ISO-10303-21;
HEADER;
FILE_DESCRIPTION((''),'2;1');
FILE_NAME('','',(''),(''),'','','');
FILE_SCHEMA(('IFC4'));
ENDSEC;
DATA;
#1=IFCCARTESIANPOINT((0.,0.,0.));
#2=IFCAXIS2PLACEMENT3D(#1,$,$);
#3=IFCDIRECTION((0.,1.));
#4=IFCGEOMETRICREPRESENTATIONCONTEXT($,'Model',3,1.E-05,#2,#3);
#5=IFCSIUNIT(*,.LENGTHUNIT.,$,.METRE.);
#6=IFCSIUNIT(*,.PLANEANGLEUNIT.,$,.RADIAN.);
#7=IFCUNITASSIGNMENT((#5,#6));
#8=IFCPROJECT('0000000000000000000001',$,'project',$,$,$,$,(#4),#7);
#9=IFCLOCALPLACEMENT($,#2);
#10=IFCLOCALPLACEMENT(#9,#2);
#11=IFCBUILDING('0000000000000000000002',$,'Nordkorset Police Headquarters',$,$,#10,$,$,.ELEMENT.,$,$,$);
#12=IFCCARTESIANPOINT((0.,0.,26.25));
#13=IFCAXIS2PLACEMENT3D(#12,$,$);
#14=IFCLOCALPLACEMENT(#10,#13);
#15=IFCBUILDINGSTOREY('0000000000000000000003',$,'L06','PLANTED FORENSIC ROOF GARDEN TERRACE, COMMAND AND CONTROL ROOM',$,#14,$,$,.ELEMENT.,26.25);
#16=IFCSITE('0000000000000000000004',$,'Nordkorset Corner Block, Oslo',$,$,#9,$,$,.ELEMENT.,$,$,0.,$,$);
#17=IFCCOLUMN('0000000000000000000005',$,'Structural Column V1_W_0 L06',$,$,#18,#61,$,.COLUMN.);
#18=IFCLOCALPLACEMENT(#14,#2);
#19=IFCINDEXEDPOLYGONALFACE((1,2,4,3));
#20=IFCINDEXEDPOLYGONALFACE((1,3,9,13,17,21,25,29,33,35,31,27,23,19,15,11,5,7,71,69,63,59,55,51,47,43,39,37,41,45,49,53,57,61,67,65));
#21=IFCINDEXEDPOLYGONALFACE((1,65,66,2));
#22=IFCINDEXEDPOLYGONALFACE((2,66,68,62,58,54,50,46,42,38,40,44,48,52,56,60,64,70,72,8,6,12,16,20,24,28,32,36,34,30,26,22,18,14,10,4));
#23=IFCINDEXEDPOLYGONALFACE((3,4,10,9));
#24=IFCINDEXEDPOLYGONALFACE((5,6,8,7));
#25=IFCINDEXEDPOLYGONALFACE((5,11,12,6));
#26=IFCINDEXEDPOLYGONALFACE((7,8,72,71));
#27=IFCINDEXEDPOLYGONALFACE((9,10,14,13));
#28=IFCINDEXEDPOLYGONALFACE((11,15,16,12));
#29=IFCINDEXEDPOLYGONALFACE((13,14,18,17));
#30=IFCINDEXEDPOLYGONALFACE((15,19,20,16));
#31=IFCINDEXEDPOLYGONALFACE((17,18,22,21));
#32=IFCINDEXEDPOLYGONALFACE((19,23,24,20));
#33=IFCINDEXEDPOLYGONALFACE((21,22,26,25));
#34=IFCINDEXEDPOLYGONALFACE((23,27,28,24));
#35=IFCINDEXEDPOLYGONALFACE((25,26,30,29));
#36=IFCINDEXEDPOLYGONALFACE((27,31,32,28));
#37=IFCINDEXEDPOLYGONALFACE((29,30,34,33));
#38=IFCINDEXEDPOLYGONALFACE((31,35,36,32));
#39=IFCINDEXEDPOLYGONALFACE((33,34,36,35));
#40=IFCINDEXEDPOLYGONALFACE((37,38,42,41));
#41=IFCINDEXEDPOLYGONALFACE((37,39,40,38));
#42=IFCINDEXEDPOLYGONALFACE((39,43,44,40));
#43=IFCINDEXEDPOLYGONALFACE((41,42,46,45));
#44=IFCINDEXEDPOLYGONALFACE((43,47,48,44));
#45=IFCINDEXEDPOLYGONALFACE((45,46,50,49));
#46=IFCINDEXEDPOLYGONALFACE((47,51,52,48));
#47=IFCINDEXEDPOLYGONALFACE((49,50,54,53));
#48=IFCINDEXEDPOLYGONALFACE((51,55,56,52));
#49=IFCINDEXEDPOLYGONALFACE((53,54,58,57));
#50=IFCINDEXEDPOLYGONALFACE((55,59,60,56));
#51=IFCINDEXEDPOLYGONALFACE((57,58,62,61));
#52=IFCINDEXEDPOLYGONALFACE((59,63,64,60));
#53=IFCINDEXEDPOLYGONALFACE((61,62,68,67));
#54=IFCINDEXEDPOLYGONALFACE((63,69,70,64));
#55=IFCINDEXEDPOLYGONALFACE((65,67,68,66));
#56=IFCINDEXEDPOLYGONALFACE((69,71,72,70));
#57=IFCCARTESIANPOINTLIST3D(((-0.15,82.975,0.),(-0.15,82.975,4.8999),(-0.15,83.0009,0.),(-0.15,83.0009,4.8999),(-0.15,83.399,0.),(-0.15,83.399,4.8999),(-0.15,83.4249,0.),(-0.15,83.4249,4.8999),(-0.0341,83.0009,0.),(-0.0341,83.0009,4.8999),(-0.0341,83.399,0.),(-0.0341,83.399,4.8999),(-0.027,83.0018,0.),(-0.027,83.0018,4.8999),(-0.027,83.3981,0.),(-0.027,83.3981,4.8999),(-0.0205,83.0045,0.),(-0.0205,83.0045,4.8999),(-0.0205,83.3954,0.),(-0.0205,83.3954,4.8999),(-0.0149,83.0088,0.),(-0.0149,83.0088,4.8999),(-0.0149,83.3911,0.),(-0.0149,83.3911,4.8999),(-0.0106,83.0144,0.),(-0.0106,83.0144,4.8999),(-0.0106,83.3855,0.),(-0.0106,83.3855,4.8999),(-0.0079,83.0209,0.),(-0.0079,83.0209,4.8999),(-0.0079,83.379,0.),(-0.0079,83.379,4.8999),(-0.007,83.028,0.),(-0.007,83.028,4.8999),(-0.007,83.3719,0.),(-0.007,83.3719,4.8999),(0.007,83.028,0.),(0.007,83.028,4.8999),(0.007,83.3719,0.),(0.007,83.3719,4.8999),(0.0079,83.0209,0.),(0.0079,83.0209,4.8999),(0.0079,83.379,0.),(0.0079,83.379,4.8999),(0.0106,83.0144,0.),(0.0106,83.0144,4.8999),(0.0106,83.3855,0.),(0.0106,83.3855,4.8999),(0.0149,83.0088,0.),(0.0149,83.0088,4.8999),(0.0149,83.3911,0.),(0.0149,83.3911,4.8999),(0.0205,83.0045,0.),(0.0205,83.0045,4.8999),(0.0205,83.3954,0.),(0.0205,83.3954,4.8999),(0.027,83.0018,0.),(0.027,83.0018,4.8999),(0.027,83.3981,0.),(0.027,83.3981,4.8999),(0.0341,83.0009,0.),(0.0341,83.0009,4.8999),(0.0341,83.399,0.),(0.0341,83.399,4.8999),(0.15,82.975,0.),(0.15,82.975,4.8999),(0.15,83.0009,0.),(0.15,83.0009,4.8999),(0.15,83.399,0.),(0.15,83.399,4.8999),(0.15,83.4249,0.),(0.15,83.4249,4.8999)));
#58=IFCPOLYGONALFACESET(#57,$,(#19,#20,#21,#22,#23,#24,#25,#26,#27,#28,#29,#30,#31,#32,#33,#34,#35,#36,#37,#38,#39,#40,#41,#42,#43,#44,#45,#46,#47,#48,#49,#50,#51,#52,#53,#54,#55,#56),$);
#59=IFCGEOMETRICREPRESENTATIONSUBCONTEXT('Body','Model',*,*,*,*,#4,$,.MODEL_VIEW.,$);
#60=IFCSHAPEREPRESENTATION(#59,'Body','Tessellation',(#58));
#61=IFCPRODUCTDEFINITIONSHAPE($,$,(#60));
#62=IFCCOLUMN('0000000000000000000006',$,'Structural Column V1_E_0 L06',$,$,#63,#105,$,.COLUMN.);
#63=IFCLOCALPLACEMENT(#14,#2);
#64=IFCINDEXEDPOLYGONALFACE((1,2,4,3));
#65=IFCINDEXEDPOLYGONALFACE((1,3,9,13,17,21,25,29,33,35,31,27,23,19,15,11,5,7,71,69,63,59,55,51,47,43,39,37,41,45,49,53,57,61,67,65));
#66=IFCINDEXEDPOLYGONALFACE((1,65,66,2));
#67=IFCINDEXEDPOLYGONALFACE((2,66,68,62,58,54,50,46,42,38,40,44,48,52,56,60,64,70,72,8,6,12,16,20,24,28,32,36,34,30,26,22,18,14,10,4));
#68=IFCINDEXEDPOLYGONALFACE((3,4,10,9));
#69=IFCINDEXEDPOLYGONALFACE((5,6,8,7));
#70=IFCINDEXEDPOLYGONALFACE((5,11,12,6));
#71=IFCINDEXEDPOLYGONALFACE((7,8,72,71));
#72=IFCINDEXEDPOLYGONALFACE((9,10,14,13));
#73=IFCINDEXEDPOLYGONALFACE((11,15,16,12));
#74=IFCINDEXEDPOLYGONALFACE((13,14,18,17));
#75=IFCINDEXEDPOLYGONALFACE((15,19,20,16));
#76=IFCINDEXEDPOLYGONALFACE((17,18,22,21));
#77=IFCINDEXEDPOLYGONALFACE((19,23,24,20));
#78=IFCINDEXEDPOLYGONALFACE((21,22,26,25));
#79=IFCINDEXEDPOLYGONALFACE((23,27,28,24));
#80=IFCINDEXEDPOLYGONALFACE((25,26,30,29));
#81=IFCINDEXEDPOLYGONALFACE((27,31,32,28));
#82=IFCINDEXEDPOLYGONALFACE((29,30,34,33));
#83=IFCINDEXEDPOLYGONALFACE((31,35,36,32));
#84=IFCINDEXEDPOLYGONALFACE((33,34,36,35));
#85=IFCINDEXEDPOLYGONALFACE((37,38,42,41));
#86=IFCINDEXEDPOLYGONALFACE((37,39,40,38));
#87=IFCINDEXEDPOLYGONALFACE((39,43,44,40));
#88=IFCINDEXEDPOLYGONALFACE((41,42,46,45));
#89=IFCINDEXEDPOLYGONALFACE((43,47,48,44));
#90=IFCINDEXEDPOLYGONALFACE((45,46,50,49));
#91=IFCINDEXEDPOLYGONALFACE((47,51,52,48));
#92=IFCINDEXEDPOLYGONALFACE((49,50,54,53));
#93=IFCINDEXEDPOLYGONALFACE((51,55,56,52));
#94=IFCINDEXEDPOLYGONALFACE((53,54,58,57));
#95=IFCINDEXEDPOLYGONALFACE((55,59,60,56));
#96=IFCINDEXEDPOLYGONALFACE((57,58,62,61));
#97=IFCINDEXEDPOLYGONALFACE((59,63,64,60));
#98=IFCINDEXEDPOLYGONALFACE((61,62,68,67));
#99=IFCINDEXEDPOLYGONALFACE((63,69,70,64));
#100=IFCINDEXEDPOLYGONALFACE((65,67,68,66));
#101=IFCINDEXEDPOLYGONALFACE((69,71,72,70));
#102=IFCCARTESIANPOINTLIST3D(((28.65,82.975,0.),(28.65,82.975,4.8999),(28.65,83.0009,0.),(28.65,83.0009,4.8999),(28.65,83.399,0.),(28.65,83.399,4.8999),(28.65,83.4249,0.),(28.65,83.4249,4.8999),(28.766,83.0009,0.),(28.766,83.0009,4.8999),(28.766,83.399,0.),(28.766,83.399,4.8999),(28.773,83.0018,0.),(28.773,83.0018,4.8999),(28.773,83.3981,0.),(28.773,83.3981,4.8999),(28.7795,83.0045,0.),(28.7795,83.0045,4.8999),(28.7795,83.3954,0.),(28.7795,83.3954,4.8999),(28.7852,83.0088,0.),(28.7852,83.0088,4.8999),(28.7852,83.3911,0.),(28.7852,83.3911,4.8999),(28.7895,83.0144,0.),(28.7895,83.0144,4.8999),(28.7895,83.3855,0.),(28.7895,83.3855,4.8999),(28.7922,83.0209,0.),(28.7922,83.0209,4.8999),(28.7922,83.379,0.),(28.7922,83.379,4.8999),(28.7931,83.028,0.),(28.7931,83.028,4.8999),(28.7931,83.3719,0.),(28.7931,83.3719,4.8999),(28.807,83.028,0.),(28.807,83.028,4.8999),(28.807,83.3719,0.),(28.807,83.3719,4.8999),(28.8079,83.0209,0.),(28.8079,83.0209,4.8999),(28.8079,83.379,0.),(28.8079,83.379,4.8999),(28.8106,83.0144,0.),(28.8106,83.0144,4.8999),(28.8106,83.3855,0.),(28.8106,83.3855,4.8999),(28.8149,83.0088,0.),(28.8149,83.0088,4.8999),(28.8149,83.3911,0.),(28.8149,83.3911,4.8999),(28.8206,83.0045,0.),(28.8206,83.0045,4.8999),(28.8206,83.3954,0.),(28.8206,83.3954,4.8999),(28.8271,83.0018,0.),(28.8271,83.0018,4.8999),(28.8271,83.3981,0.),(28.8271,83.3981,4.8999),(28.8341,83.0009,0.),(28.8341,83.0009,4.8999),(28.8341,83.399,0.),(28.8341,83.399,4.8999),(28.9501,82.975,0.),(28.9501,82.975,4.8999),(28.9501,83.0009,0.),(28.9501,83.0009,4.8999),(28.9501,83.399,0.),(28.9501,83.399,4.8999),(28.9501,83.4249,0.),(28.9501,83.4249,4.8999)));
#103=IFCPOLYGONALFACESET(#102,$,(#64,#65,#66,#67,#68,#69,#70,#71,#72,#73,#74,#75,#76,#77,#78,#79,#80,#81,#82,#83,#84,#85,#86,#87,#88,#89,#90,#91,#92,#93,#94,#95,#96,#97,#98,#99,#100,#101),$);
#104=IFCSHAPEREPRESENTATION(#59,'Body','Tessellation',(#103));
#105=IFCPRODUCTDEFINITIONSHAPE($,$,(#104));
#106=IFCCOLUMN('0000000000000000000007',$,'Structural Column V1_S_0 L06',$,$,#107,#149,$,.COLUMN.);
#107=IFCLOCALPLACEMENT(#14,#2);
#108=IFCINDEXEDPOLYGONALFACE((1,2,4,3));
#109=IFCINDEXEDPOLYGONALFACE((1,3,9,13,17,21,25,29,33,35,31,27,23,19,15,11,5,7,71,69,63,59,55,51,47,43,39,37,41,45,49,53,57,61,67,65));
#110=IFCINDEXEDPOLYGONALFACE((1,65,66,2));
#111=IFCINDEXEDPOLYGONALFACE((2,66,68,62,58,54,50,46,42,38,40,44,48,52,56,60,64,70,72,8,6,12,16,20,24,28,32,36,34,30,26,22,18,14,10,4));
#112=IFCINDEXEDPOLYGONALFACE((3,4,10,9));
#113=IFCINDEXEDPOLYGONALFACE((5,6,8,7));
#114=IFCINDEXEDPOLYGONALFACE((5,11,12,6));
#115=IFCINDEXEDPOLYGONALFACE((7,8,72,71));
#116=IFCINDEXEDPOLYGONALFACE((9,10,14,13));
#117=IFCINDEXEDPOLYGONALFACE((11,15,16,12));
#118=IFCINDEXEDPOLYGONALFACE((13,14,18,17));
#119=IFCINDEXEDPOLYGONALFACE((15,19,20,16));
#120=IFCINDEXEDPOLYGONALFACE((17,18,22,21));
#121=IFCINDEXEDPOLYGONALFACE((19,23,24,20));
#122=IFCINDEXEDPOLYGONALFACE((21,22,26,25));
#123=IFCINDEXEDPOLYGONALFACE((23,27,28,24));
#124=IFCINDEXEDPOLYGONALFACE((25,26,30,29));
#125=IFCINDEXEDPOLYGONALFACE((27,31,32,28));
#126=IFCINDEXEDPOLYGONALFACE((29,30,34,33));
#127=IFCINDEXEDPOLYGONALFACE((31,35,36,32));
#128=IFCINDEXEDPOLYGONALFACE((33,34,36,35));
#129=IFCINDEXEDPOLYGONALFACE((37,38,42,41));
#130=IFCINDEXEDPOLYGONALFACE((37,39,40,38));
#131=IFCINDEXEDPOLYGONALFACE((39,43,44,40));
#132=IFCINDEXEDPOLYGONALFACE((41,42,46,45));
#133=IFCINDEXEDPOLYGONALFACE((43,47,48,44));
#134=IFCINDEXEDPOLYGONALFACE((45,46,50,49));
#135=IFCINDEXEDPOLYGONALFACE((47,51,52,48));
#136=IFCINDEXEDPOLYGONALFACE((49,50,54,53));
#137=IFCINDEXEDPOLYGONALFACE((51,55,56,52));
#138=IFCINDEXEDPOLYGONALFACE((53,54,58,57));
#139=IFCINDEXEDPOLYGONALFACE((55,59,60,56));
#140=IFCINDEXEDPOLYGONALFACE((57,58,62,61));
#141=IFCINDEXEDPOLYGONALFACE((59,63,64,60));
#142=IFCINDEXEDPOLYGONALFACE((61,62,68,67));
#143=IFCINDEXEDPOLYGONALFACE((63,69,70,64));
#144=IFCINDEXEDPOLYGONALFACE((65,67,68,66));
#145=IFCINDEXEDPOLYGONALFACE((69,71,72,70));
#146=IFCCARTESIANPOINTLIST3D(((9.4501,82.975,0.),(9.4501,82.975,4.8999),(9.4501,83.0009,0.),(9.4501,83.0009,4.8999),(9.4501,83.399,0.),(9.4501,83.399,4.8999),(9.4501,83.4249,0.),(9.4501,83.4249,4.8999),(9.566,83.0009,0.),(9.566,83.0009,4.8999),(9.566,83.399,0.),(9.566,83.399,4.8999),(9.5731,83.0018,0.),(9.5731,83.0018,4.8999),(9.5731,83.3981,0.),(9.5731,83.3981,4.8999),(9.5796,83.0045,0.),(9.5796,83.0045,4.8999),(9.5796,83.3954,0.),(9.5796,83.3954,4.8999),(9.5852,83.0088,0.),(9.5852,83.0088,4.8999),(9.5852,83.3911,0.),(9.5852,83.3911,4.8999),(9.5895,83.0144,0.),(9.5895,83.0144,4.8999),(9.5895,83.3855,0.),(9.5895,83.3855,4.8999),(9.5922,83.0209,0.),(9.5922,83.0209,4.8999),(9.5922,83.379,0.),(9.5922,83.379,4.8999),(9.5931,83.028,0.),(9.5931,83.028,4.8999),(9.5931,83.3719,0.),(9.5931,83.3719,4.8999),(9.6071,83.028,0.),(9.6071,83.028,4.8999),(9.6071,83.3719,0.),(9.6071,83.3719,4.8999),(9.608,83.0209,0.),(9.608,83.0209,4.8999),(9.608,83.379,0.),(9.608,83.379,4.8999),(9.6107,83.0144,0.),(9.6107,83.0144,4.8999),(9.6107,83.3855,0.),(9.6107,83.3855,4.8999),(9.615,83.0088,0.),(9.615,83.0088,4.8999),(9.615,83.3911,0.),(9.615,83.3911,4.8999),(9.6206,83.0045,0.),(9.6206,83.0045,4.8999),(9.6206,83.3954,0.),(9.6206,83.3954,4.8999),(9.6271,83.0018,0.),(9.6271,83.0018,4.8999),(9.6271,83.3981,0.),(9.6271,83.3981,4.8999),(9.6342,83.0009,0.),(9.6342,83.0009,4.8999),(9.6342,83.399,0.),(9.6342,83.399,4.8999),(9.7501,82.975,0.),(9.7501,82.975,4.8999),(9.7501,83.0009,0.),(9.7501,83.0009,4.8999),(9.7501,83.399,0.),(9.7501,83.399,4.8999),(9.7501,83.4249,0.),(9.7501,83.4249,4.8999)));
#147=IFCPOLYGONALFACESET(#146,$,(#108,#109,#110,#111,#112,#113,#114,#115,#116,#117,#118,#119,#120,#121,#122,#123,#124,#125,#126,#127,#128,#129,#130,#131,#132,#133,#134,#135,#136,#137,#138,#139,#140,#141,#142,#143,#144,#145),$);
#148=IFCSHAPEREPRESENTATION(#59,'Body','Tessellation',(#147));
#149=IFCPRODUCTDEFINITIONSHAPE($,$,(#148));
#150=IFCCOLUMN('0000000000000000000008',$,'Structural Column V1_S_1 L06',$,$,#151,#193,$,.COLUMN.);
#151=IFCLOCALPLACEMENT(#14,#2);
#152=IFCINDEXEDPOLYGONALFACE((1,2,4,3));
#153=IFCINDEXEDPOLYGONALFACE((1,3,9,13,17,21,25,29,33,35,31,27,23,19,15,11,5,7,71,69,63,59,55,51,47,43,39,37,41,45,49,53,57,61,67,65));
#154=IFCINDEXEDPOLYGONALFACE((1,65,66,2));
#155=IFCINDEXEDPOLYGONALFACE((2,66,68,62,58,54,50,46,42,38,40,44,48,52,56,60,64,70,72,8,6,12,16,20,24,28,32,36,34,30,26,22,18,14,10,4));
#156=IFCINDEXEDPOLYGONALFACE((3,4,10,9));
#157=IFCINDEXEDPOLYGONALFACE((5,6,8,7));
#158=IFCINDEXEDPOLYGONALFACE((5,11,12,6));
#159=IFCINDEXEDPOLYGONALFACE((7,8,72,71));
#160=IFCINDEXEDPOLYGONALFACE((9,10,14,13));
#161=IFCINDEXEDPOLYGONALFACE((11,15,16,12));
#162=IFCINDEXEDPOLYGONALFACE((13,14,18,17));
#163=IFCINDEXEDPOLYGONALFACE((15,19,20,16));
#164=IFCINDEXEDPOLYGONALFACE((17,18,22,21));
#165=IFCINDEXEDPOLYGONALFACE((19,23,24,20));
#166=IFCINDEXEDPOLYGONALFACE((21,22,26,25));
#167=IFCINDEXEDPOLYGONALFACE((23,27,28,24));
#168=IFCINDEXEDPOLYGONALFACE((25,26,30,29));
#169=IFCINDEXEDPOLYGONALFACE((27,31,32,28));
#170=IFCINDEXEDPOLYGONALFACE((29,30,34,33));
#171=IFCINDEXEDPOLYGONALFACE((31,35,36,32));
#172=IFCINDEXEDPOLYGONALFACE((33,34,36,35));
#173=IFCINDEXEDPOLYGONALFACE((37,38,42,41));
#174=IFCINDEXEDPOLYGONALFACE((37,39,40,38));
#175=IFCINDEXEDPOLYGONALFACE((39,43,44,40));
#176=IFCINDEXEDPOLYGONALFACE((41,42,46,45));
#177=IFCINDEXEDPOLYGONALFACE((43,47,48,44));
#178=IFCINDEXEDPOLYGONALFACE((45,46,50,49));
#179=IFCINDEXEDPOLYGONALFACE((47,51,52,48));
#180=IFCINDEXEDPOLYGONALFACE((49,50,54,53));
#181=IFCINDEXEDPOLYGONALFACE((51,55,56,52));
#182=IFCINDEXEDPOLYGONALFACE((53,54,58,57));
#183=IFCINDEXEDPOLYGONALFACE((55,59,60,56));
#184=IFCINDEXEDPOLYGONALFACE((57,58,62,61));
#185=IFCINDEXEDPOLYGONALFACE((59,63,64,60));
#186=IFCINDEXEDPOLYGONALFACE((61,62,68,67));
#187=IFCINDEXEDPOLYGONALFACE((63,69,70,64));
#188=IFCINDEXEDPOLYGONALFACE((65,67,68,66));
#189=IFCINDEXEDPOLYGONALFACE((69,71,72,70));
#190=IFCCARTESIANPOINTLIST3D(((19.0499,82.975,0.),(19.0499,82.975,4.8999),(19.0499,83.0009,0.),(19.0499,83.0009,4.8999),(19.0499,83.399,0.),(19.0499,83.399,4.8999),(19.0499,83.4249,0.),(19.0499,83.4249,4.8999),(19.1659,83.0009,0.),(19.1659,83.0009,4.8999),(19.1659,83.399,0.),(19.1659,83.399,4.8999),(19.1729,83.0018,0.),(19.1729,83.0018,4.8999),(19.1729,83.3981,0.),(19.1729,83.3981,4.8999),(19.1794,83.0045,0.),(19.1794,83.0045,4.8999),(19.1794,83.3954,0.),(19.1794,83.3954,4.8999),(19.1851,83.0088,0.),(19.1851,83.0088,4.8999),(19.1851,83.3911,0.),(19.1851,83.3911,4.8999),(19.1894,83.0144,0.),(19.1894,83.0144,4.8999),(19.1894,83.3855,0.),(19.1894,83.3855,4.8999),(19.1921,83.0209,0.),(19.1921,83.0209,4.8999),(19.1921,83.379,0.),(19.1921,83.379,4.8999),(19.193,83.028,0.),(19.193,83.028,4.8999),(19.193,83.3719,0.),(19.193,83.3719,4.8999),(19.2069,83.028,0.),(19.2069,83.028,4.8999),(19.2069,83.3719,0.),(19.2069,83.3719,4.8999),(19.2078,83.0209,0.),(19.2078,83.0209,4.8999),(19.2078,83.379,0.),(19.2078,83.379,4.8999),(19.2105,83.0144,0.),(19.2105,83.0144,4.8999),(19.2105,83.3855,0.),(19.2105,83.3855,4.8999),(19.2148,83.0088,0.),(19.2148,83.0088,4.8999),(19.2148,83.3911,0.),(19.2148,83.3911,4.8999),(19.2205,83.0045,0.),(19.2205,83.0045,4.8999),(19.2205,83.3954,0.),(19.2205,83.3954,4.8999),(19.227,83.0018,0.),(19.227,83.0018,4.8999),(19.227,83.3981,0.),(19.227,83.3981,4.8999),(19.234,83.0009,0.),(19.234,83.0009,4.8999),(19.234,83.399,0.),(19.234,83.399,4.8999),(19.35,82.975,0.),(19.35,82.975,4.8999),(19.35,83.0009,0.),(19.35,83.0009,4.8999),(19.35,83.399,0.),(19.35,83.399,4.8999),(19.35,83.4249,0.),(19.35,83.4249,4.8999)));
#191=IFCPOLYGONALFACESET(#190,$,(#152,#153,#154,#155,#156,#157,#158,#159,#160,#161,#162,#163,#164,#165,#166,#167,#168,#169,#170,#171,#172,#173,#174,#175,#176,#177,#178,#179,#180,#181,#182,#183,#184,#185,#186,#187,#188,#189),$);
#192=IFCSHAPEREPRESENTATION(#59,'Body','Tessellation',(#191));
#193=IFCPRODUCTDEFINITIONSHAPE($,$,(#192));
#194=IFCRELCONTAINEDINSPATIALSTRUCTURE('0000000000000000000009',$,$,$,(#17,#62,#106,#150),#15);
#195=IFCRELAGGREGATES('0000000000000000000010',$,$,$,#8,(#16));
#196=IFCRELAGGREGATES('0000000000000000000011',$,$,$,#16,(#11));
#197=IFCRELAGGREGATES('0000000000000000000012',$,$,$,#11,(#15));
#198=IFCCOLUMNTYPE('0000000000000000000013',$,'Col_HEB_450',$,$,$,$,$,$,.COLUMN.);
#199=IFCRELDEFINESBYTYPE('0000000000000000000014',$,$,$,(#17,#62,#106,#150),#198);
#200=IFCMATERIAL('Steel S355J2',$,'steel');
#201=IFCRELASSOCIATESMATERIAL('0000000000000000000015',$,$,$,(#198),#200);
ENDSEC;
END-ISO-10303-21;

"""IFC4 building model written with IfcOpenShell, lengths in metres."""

from ifc_helpers import new_model, si_unit, direction, frame, origin, origin_2d, place, context, subcontext, project, spatial, i_section, extrude, material, material_profile, profile_set, type_object, element, save


model = new_model("IFC4")

# Units and contexts
model_context = context("Model", 3, precision=1e-05, world=origin(), true_north=direction((0.0, 1.0)))
body_context = subcontext(model_context, "Body", "Model", "MODEL_VIEW")
ifc_project = project(units=[si_unit("LENGTHUNIT", "METRE"), si_unit("PLANEANGLEUNIT", "RADIAN")], contexts=[model_context])

# Site, building, storey
site_placement = place(None, origin())
site = spatial("IfcSite", under=ifc_project, at=site_placement, Name="Nordkorset Corner Block, Oslo", CompositionType="ELEMENT", RefElevation=0.0)
building_placement = place(site_placement, origin())
building = spatial("IfcBuilding", under=site, at=building_placement, Name="Nordkorset Police Headquarters", CompositionType="ELEMENT")
storey_placement = place(building_placement, frame((0.0, 0.0, 26.25)))
storey = spatial("IfcBuildingStorey", under=building, at=storey_placement, Name="L06", Description="PLANTED FORENSIC ROOF GARDEN TERRACE, COMMAND AND CONTROL ROOM", CompositionType="ELEMENT", Elevation=26.25)

# Columns
ifc_material_1 = material(Name="Steel S355J2", Category="steel")
ifc_material_profile_1 = material_profile(ifc_material_1, i_section(OverallWidth=0.3, OverallDepth=0.45, WebThickness=0.0139, FlangeThickness=0.0259, FilletRadius=0.0271, at=origin_2d()), Name="HEB 450")
ifc_profile_set_1 = profile_set([ifc_material_profile_1], Name="Steel S355J2")
column_type = type_object("IfcColumnType", Name="Col_HEB_450", PredefinedType="COLUMN", material=ifc_profile_set_1)
for number, where, z_axis, x_axis, name in (
    (1, (0.0, 83.2, 0.0), (0.0, 0.0, 1.0), (1.0, 0.0, 0.0), "Structural Column V1_W_0 L06"),
    (2, (28.8, 83.2, 0.0), (0.0, 0.0, 1.0), (1.0, 0.0, 0.0), "Structural Column V1_E_0 L06"),
    (3, (9.6001, 83.2, 0.0), (0.0, 0.0, 1.0), (1.0, 0.0, 0.0), "Structural Column V1_S_0 L06"),
    (4, (19.2, 83.2, 0.0), (0.0, 0.0, 1.0), (1.0, 0.0, 0.0), "Structural Column V1_S_1 L06"),
):
    element("IfcColumn", number, at=place(storey_placement, frame(where, z_axis=z_axis, x_axis=x_axis)), inside=storey, type_object=column_type, Name=name, PredefinedType="COLUMN", context=body_context, shape_type="SweptSolid", body=[
        extrude(i_section(OverallWidth=0.3, OverallDepth=0.45, WebThickness=0.0139, FlangeThickness=0.0259, FilletRadius=0.0271, at=origin_2d()), origin(), (0.0, 0.0, 1.0), 4.8999),
    ])

save(model, "model.ifc")
